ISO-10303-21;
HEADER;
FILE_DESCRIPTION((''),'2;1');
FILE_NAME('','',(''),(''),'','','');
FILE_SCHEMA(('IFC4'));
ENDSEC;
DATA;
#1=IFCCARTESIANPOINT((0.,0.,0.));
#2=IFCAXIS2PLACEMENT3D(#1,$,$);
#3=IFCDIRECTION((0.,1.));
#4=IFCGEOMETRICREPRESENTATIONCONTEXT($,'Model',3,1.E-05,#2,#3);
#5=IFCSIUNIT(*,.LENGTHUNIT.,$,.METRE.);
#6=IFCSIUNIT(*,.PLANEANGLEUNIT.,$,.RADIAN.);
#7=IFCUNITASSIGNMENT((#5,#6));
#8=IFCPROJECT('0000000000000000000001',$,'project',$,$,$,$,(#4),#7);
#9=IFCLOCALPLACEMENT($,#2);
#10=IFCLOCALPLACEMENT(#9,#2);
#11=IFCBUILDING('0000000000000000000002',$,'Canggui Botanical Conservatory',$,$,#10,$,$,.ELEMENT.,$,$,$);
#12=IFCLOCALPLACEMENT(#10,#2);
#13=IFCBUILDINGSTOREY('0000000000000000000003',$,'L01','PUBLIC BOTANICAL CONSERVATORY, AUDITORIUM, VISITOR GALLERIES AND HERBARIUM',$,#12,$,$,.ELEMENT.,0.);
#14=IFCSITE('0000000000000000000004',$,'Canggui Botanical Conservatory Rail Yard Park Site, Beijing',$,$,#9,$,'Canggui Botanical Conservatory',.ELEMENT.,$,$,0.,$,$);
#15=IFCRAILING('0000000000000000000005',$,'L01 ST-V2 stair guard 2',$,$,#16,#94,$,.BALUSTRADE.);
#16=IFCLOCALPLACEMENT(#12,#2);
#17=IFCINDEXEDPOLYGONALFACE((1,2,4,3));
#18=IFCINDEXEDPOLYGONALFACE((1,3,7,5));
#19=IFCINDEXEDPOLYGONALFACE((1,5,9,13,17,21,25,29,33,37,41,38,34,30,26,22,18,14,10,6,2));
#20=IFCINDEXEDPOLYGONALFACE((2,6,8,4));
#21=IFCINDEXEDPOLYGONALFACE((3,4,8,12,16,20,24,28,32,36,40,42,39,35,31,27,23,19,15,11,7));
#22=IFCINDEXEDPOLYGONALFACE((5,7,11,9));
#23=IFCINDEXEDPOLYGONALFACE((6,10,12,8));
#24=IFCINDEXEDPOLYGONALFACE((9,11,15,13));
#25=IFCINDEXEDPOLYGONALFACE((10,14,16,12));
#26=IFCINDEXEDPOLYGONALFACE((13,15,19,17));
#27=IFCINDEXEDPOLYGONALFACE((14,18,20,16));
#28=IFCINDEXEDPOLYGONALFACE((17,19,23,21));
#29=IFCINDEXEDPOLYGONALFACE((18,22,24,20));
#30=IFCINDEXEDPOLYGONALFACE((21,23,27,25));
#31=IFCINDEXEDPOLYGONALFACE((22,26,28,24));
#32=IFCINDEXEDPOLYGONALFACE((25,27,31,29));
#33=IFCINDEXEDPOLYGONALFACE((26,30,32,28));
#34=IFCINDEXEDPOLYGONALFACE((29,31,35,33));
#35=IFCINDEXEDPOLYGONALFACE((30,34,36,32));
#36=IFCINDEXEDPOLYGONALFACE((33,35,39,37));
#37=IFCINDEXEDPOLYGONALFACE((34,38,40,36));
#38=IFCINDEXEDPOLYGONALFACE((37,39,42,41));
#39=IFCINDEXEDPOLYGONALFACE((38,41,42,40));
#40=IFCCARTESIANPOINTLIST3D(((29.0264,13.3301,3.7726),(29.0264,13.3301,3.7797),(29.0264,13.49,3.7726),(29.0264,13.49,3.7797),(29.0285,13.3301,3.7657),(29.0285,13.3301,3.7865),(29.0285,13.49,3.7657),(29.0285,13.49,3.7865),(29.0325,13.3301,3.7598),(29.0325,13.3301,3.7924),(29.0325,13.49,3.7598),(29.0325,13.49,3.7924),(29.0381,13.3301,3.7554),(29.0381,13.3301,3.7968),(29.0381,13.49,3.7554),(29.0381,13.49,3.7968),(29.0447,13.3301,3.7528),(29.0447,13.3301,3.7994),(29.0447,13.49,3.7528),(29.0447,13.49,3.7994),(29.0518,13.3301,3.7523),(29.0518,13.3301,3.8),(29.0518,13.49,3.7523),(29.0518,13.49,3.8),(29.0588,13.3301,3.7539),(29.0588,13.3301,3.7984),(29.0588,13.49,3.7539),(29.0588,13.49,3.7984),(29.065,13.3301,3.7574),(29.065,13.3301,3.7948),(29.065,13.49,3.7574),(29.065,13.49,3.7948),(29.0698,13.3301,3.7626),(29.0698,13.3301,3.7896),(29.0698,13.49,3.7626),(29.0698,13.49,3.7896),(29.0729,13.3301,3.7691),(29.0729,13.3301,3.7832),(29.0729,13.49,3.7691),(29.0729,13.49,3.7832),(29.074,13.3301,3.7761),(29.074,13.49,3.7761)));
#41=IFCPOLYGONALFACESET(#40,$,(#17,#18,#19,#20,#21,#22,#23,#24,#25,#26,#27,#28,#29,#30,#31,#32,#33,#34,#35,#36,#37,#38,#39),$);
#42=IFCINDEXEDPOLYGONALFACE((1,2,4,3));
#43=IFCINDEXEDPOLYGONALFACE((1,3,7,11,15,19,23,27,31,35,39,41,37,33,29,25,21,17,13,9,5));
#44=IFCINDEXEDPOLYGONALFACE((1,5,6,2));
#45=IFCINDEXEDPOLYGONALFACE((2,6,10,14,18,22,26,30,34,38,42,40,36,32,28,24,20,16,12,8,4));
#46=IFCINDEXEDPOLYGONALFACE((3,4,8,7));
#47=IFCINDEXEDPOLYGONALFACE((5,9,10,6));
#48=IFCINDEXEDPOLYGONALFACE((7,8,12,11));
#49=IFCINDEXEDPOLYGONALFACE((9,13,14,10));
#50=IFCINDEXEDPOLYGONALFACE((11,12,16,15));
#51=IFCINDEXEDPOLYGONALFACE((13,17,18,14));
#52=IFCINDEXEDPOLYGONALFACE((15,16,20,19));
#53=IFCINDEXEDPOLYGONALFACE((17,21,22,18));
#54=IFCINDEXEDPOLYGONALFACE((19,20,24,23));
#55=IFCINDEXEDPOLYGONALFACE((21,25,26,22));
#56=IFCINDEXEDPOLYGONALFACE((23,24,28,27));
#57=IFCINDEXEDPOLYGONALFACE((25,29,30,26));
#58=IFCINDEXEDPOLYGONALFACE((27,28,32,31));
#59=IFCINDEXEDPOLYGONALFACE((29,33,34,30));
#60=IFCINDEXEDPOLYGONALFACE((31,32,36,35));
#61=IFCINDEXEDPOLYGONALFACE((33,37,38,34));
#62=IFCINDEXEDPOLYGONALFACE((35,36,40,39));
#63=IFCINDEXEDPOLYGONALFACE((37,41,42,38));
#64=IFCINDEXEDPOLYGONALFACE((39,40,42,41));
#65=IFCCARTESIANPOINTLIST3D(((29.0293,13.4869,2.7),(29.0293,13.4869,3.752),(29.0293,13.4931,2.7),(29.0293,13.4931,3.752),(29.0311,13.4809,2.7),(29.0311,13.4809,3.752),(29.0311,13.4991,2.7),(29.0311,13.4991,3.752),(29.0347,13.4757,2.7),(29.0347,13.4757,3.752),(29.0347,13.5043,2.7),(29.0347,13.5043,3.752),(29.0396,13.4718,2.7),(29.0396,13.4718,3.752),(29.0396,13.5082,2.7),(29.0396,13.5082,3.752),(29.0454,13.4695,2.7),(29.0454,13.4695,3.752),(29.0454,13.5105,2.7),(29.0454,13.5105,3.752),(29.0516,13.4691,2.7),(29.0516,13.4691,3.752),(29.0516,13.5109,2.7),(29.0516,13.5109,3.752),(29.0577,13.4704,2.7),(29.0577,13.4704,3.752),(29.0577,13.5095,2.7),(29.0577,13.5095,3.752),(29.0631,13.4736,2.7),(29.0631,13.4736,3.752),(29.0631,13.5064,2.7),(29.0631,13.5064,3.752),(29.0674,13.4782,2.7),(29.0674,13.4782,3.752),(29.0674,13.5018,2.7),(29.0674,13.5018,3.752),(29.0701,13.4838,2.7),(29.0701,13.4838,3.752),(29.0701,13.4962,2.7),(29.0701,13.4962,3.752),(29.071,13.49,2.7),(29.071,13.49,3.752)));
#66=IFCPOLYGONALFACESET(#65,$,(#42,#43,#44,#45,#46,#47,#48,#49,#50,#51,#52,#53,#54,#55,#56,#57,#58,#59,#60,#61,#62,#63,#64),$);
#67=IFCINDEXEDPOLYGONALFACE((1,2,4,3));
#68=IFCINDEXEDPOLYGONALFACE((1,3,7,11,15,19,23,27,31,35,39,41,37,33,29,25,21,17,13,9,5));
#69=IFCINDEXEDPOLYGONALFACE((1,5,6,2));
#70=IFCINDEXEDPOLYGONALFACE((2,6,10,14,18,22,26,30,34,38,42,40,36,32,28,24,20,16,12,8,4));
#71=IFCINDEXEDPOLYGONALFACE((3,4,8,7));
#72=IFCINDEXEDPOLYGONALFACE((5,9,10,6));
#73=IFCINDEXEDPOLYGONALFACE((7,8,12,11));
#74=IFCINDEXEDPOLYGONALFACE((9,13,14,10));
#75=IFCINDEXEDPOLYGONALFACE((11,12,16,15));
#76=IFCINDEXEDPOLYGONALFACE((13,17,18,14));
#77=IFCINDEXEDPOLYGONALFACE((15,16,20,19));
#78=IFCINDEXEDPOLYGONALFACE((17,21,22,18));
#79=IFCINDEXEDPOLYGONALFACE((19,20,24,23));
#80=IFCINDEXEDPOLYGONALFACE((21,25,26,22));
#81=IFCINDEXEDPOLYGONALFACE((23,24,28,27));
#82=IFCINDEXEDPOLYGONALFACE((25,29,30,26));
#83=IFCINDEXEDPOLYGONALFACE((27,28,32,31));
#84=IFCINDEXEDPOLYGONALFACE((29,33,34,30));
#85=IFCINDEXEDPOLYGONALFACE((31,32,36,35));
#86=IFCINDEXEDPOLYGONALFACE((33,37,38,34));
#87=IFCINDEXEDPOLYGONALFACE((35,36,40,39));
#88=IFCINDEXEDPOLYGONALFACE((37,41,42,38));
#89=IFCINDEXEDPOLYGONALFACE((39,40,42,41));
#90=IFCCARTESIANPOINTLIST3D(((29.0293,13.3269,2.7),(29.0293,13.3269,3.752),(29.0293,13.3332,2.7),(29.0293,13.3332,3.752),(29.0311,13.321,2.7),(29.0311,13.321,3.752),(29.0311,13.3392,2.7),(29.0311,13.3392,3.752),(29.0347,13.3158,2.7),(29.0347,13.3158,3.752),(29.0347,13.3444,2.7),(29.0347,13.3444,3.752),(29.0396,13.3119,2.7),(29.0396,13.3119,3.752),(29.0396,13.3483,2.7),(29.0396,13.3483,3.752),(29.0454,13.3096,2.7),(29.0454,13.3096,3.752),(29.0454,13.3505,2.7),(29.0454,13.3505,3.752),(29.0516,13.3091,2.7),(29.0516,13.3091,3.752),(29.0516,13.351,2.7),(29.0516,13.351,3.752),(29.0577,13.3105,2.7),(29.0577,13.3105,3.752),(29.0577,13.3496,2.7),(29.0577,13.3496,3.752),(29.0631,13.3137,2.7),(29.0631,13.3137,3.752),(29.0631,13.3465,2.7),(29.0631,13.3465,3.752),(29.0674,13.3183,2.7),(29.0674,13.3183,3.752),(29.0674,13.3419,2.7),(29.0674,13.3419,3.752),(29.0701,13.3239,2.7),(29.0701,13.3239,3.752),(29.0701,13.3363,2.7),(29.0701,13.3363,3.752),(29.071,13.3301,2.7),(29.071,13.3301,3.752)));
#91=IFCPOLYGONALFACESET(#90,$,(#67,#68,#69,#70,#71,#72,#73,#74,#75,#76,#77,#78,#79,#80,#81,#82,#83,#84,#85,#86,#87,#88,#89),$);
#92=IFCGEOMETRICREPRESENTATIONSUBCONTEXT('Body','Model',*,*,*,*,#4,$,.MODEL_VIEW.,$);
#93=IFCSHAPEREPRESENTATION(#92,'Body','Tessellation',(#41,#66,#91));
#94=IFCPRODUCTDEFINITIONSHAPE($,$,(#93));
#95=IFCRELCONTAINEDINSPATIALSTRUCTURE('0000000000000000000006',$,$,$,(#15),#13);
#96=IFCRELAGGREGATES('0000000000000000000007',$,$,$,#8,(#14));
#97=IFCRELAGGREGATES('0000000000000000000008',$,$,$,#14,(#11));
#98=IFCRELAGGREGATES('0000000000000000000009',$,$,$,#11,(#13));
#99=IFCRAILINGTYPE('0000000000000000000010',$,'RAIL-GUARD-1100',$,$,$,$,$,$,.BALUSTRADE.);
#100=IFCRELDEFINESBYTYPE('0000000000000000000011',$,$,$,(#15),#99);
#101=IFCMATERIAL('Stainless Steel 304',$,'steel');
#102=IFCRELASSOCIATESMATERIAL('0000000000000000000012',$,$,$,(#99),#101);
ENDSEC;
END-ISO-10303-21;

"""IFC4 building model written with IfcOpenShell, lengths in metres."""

from ifc_helpers import new_model, si_unit, direction, frame, origin, origin_2d, place, context, subcontext, project, spatial, circle, extrude, material, type_object, element, save


model = new_model("IFC4")

# Units and contexts
model_context = context("Model", 3, precision=1e-05, world=origin(), true_north=direction((0.0, 1.0)))
body_context = subcontext(model_context, "Body", "Model", "MODEL_VIEW")
ifc_project = project(units=[si_unit("LENGTHUNIT", "METRE"), si_unit("PLANEANGLEUNIT", "RADIAN")], contexts=[model_context])

# Site, building, storey
site_placement = place(None, origin())
site = spatial("IfcSite", under=ifc_project, at=site_placement, Name="Canggui Botanical Conservatory Rail Yard Park Site, Beijing", LongName="Canggui Botanical Conservatory", CompositionType="ELEMENT", RefElevation=0.0)
building_placement = place(site_placement, origin())
building = spatial("IfcBuilding", under=site, at=building_placement, Name="Canggui Botanical Conservatory", CompositionType="ELEMENT")
storey_placement = place(building_placement, origin())
storey = spatial("IfcBuildingStorey", under=building, at=storey_placement, Name="L01", Description="PUBLIC BOTANICAL CONSERVATORY, AUDITORIUM, VISITOR GALLERIES AND HERBARIUM", CompositionType="ELEMENT", Elevation=0.0)

# Railing
ifc_material_1 = material(Name="Stainless Steel 304", Category="steel")
railing_type_1 = type_object("IfcRailingType", Name="RAIL-GUARD-1100", PredefinedType="BALUSTRADE", material=ifc_material_1)
railing_1_placement = place(storey_placement, frame((29.05, 13.49, 2.7)))
element("IfcRailing", 1, at=railing_1_placement, inside=storey, type_object=railing_type_1, Name="L01 ST-V2 stair guard 2", PredefinedType="BALUSTRADE", context=body_context, shape_type="SweptSolid", body=[
    extrude(circle(Radius=0.0239, at=origin_2d()), frame((0.0, 0.0, 1.0762), z_axis=(0.0, -1.0, 0.0), x_axis=(1.0, 0.0, 0.0)), (0.0, 0.0, 1.0), 0.1599),
    extrude(circle(Radius=0.021, at=origin_2d()), origin(), (0.0, 0.0, 1.0), 1.052),
    extrude(circle(Radius=0.021, at=origin_2d()), frame((0.0, -0.1599, 0.0)), (0.0, 0.0, 1.0), 1.052),
])

save(model, "model.ifc")
